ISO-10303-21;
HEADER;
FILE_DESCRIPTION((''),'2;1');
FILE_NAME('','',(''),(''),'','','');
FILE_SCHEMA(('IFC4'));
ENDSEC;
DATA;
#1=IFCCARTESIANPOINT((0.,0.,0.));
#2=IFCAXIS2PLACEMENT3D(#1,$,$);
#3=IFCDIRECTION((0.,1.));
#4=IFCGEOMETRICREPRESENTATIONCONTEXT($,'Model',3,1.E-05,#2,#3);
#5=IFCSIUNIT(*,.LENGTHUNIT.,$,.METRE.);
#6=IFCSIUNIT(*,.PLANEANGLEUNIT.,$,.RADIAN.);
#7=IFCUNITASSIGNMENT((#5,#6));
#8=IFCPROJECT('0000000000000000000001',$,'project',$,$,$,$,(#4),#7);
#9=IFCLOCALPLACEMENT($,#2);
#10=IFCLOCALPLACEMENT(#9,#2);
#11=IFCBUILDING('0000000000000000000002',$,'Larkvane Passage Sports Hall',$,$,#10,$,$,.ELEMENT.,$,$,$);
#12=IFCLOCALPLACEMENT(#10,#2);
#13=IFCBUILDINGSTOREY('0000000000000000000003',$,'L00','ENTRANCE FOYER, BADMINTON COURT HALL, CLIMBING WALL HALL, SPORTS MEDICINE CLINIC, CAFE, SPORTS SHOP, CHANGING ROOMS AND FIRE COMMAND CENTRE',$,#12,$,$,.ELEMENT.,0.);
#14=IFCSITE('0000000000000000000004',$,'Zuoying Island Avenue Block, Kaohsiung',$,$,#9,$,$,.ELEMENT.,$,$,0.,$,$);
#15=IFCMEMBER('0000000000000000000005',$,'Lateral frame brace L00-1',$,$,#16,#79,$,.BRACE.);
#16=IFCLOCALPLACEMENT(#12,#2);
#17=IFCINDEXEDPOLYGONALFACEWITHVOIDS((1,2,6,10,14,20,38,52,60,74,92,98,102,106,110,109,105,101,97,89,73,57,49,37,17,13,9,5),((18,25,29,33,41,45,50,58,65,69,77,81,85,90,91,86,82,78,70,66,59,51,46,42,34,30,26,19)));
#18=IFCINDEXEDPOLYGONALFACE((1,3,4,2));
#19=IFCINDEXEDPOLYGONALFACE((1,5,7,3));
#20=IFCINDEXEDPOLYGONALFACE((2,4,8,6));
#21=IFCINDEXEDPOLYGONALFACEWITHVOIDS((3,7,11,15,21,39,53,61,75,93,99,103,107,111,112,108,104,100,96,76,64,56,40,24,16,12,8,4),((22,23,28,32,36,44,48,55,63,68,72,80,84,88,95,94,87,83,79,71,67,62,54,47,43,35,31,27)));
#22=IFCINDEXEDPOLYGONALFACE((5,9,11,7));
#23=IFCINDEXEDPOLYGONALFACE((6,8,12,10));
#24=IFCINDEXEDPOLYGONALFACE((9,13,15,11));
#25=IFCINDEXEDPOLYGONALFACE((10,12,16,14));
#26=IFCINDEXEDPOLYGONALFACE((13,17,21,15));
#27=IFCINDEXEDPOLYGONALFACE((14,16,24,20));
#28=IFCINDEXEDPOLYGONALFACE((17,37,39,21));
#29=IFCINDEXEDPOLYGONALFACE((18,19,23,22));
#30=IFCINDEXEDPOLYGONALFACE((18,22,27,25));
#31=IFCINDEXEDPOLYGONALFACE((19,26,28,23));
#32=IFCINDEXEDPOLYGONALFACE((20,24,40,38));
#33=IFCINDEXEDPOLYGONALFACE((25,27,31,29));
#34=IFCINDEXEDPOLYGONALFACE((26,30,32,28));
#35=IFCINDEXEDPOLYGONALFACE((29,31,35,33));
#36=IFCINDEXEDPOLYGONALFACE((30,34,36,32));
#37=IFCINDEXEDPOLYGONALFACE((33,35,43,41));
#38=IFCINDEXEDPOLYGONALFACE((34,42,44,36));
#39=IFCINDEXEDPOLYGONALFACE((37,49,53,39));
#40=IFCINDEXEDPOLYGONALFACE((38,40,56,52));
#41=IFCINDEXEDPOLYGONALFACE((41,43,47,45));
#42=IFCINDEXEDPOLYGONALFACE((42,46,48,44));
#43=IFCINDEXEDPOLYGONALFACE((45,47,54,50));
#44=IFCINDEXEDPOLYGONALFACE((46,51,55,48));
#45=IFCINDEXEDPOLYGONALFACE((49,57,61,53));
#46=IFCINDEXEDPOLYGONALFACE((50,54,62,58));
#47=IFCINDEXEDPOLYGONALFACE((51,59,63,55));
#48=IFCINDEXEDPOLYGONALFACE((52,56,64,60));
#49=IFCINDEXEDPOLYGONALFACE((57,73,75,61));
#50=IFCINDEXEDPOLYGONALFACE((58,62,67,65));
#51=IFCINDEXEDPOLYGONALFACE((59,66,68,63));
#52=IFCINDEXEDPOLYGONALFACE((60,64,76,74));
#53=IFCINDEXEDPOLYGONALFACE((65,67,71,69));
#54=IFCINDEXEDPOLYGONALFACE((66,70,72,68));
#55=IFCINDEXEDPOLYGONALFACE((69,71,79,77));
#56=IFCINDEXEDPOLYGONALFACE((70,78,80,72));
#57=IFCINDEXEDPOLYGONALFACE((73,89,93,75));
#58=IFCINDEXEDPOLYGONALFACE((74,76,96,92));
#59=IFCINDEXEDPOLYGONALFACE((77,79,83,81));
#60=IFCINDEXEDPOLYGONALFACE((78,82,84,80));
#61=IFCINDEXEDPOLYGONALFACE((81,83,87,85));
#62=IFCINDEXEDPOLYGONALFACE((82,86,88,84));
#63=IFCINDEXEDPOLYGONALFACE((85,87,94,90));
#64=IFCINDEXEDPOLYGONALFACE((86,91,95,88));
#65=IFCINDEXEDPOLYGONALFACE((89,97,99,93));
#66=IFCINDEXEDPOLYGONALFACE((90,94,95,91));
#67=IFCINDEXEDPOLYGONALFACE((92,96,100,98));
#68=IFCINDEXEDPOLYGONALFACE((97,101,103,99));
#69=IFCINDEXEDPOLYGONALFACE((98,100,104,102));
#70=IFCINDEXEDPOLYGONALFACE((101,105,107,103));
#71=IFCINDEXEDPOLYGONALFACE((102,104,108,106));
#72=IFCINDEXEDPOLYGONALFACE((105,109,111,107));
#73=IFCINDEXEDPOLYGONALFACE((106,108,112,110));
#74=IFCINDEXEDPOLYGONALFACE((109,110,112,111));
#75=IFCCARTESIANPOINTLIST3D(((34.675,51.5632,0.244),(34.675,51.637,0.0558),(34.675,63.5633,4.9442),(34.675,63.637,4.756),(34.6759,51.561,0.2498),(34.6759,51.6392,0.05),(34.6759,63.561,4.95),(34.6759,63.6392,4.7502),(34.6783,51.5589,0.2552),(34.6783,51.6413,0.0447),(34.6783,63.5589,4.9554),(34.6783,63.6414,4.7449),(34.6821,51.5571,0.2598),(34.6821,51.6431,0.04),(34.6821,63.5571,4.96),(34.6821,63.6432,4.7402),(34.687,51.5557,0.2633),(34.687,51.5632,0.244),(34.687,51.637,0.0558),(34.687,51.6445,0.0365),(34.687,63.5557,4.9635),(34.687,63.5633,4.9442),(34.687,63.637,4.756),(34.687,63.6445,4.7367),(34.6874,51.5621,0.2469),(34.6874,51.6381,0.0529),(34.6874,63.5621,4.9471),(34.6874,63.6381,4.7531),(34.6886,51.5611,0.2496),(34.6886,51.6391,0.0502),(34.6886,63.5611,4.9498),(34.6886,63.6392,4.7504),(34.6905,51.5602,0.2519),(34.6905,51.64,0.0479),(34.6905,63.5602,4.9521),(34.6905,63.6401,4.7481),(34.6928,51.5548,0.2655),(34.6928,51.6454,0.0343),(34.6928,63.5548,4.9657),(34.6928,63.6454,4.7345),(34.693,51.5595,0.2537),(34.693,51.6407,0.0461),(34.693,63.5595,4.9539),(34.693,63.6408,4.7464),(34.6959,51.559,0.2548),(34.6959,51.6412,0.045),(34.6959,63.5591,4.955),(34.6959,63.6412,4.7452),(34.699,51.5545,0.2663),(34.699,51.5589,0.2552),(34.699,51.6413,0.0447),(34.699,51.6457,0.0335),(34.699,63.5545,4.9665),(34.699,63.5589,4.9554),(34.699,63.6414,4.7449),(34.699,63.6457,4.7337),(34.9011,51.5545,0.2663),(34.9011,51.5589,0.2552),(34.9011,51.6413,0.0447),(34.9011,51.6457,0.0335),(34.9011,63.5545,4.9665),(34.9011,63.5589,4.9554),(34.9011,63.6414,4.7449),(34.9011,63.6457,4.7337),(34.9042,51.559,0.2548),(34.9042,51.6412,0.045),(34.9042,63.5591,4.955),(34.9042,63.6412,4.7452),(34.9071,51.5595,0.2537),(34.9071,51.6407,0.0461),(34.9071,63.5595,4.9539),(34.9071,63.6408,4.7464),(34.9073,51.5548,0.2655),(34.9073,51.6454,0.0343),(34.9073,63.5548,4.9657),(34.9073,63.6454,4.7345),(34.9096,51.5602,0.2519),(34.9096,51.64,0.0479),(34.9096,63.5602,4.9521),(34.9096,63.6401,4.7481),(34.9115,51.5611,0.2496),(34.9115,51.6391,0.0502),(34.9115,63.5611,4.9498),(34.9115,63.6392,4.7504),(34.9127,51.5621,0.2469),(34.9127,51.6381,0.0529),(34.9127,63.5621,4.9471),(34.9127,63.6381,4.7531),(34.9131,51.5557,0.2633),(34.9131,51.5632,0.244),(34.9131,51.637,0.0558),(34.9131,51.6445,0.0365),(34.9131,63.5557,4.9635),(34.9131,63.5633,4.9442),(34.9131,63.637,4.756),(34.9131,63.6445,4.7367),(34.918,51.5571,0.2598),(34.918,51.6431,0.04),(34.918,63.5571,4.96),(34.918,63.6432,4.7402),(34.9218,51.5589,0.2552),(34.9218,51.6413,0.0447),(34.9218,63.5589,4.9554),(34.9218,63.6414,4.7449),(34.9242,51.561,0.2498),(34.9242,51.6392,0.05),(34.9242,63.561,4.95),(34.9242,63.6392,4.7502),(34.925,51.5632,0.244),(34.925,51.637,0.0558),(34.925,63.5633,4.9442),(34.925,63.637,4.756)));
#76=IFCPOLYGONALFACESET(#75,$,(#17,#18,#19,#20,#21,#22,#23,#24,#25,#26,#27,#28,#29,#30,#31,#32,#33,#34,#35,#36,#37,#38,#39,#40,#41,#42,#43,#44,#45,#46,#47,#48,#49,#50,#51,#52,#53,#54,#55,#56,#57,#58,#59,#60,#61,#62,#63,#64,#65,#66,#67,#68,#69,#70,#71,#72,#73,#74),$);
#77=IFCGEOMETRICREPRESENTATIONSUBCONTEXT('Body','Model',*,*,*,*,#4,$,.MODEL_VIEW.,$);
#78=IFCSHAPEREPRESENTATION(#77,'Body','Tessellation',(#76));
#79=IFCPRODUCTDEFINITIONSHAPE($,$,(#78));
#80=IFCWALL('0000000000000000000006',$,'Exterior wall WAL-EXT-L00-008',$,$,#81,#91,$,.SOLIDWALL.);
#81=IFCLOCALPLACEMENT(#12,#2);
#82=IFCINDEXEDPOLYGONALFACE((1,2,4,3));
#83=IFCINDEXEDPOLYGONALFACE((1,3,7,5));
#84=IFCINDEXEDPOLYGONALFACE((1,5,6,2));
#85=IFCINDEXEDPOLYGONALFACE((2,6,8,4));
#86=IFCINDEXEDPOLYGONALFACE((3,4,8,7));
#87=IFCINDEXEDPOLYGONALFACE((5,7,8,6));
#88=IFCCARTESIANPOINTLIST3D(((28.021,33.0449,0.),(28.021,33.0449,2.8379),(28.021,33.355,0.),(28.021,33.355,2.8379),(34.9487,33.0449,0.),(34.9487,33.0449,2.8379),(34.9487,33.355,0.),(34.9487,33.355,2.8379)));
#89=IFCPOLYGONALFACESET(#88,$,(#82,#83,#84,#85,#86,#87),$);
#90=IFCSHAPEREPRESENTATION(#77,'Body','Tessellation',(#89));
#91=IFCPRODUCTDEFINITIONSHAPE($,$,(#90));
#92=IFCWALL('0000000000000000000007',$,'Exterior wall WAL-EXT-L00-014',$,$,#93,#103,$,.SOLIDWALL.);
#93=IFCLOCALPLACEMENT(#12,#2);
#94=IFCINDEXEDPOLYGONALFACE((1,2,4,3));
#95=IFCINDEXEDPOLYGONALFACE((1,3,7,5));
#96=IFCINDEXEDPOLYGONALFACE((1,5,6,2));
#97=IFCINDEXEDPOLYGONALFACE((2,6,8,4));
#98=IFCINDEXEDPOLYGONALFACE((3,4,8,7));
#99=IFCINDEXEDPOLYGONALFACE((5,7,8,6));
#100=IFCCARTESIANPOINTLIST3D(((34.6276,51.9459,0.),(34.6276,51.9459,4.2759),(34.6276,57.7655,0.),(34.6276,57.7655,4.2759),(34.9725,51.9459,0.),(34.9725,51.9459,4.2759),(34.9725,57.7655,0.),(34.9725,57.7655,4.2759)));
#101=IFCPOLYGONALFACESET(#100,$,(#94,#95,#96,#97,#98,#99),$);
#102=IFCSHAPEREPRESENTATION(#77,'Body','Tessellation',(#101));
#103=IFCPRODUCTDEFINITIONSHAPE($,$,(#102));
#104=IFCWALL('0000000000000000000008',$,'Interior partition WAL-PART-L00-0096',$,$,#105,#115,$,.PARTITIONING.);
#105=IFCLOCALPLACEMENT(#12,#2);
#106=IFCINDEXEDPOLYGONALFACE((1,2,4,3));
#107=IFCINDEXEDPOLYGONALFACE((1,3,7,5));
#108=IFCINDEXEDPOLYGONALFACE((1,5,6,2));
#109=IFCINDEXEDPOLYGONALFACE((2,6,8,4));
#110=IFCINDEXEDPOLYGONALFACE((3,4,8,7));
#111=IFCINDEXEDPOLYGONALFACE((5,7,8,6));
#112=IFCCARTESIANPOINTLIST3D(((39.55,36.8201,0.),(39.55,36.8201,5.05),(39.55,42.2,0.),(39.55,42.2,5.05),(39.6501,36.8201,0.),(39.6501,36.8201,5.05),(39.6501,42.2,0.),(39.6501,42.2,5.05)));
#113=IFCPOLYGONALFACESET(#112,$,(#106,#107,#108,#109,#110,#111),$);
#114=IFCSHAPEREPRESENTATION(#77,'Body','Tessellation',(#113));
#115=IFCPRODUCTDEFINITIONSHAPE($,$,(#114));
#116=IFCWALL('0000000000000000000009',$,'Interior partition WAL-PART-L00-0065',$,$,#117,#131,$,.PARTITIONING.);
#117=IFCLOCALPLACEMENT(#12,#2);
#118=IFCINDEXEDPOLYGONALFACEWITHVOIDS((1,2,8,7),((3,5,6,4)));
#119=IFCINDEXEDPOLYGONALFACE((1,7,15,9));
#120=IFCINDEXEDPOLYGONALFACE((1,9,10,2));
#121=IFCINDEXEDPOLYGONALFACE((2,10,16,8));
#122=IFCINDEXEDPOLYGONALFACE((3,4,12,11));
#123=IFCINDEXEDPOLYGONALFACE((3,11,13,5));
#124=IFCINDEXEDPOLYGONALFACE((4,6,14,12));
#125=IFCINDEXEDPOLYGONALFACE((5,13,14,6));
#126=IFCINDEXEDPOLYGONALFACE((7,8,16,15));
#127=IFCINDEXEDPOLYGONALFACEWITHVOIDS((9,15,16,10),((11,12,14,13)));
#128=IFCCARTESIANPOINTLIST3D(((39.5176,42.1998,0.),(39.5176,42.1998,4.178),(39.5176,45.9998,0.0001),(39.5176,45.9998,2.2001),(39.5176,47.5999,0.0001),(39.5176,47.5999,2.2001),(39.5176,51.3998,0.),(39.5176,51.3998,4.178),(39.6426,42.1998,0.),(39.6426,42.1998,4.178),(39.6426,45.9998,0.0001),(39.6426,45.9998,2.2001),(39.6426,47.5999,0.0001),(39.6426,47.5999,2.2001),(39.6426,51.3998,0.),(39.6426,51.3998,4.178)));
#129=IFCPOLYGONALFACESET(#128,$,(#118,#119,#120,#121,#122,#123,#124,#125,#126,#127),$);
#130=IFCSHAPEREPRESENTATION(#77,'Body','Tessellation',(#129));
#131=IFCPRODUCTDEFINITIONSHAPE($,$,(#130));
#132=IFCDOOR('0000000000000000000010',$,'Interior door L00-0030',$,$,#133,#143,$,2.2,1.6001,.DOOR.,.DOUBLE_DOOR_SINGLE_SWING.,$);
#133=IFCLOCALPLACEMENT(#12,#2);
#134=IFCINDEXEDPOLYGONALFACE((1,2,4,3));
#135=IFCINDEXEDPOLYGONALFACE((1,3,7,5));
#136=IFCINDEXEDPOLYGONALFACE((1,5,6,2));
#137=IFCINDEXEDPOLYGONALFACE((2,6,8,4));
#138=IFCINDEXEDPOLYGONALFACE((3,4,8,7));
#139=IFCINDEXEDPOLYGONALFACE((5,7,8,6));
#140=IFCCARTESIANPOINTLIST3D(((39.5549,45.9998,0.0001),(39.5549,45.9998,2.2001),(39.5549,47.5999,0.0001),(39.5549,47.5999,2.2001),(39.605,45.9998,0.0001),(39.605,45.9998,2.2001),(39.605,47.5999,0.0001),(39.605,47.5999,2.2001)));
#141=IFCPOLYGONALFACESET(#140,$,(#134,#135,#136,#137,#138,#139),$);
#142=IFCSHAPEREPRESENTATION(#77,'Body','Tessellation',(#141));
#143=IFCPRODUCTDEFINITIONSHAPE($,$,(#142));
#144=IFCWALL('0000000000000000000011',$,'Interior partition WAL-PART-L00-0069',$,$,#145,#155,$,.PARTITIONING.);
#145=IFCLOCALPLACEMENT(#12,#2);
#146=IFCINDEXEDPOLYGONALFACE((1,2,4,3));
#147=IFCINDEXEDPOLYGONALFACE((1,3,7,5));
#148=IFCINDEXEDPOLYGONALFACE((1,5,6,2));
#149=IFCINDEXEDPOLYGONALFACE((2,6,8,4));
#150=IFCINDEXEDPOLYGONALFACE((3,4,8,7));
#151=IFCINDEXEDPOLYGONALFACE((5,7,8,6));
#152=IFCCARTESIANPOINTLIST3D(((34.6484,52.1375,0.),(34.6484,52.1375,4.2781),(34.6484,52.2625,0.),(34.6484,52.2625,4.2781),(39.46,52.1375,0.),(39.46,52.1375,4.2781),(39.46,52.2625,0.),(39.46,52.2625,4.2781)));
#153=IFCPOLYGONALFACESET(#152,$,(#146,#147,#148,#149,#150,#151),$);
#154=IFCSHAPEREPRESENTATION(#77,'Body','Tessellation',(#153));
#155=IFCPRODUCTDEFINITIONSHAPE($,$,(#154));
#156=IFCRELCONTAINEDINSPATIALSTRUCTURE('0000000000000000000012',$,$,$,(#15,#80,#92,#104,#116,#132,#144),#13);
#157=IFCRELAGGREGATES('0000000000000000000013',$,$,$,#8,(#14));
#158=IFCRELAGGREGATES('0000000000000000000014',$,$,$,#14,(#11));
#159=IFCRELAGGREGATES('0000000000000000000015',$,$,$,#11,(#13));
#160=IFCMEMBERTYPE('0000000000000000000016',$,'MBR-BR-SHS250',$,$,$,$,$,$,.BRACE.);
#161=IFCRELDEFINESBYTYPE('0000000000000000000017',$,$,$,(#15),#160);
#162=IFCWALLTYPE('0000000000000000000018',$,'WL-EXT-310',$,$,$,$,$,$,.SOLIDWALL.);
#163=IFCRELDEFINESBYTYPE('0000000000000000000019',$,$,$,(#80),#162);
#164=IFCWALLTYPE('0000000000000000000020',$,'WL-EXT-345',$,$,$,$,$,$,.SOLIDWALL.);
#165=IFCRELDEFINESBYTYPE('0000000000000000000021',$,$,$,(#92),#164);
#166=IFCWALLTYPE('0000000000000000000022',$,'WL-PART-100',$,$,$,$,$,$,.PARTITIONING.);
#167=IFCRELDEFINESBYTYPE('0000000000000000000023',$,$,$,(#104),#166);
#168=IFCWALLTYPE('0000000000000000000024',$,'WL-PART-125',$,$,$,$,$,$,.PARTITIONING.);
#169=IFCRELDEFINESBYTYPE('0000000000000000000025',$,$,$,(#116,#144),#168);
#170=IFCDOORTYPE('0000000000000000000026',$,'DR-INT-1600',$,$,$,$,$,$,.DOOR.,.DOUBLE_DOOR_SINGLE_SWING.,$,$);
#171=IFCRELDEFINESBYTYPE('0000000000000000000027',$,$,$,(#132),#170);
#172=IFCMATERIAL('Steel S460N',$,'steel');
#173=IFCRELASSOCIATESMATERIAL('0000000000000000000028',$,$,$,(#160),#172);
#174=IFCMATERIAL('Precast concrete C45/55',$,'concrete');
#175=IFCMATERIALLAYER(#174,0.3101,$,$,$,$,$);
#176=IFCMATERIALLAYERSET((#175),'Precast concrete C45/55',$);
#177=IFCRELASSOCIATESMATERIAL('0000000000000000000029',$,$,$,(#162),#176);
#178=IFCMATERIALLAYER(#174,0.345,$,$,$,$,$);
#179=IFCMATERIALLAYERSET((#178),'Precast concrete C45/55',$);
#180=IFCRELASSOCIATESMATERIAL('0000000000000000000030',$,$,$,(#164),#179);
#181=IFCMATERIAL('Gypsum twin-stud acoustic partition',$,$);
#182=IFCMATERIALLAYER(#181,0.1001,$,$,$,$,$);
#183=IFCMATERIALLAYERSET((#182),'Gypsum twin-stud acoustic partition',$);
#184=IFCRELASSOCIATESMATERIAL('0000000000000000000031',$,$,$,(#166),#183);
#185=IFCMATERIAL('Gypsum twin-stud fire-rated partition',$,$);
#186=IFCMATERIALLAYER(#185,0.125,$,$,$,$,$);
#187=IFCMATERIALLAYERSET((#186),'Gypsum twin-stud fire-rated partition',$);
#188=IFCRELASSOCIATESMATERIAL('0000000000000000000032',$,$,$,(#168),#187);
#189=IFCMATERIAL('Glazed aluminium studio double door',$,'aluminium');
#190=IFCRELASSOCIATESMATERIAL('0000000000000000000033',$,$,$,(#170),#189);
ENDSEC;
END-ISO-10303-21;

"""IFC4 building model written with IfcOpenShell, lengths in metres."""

from ifc_helpers import new_model, si_unit, direction, frame, frame_2d, origin, origin_2d, place, context, subcontext, project, spatial, rectangle, hollow_rectangle, extrude, material, layer, layer_set, material_profile, profile_set, type_object, element, fill, save


model = new_model("IFC4")

# Units and contexts
model_context = context("Model", 3, precision=1e-05, world=origin(), true_north=direction((0.0, 1.0)))
body_context = subcontext(model_context, "Body", "Model", "MODEL_VIEW")
ifc_project = project(units=[si_unit("LENGTHUNIT", "METRE"), si_unit("PLANEANGLEUNIT", "RADIAN")], contexts=[model_context])

# Site, building, storey
site_placement = place(None, origin())
site = spatial("IfcSite", under=ifc_project, at=site_placement, Name="Zuoying Island Avenue Block, Kaohsiung", CompositionType="ELEMENT", RefElevation=0.0)
building_placement = place(site_placement, origin())
building = spatial("IfcBuilding", under=site, at=building_placement, Name="Larkvane Passage Sports Hall", CompositionType="ELEMENT")
storey_placement = place(building_placement, origin())
storey = spatial("IfcBuildingStorey", under=building, at=storey_placement, Name="L00", Description="ENTRANCE FOYER, BADMINTON COURT HALL, CLIMBING WALL HALL, SPORTS MEDICINE CLINIC, CAFE, SPORTS SHOP, CHANGING ROOMS AND FIRE COMMAND CENTRE", CompositionType="ELEMENT", Elevation=0.0)

# Shared definitions
ifc_material_1 = material(Name="Steel S460N", Category="steel")

# Member
ifc_material_profile_1 = material_profile(ifc_material_1, hollow_rectangle(XDim=0.25, YDim=0.25, WallThickness=0.012, InnerFilletRadius=0.012, OuterFilletRadius=0.0239, at=origin_2d()), Name="SHS-250x250x12")
ifc_profile_set_1 = profile_set([ifc_material_profile_1], Name="Steel S460N")
member_type = type_object("IfcMemberType", Name="MBR-BR-SHS250", PredefinedType="BRACE", material=ifc_profile_set_1)
member_placement = place(storey_placement, frame((34.8, 51.6001, 0.1499), z_axis=(0.0, 0.931123, 0.364705), x_axis=(-1.0, 0.0, 0.0)))
element("IfcMember", 1, at=member_placement, inside=storey, type_object=member_type, Name="Lateral frame brace L00-1", PredefinedType="BRACE", context=body_context, shape_type="SweptSolid", body=[
    extrude(hollow_rectangle(XDim=0.25, YDim=0.25, WallThickness=0.012, InnerFilletRadius=0.012, OuterFilletRadius=0.0239, at=origin_2d()), origin(), (0.0, 0.0, 1.0), 12.8877),
])

# Walls
ifc_material_2 = material(Name="Precast concrete C45/55", Category="concrete")
ifc_layer_1 = layer(ifc_material_2, 0.3101)
ifc_layer_set_1 = layer_set([ifc_layer_1], Name="Precast concrete C45/55")
wall_type_1 = type_object("IfcWallType", Name="WL-EXT-310", PredefinedType="SOLIDWALL", material=ifc_layer_set_1)
wall_1_placement = place(storey_placement, frame((34.9487, 33.2, 0.0), z_axis=(0.0, 0.0, 1.0), x_axis=(-1.0, 0.0, 0.0)))
element("IfcWall", 2, at=wall_1_placement, inside=storey, type_object=wall_type_1, Name="Exterior wall WAL-EXT-L00-008", PredefinedType="SOLIDWALL", context=body_context, shape_type="SweptSolid", body=[
    extrude(rectangle(XDim=6.9277, YDim=0.3101, at=frame_2d((3.4639, 0.0))), origin(), (0.0, 0.0, 1.0), 2.8379),
])
ifc_layer_2 = layer(ifc_material_2, 0.345)
ifc_layer_set_2 = layer_set([ifc_layer_2], Name="Precast concrete C45/55")
wall_type_2 = type_object("IfcWallType", Name="WL-EXT-345", PredefinedType="SOLIDWALL", material=ifc_layer_set_2)
wall_2_placement = place(storey_placement, frame((34.8, 51.946, 0.0), z_axis=(0.0, 0.0, 1.0), x_axis=(0.0, 1.0, 0.0)))
element("IfcWall", 3, at=wall_2_placement, inside=storey, type_object=wall_type_2, Name="Exterior wall WAL-EXT-L00-014", PredefinedType="SOLIDWALL", context=body_context, shape_type="SweptSolid", body=[
    extrude(rectangle(XDim=5.8196, YDim=0.345, at=frame_2d((2.9097, 0.0))), origin(), (0.0, 0.0, 1.0), 4.2759),
])
ifc_material_3 = material(Name="Gypsum twin-stud acoustic partition")
ifc_layer_3 = layer(ifc_material_3, 0.1001)
ifc_layer_set_3 = layer_set([ifc_layer_3], Name="Gypsum twin-stud acoustic partition")
wall_type_3 = type_object("IfcWallType", Name="WL-PART-100", PredefinedType="PARTITIONING", material=ifc_layer_set_3)
wall_3_placement = place(storey_placement, frame((39.6001, 36.8201, 0.0), z_axis=(0.0, 0.0, 1.0), x_axis=(0.0, 1.0, 0.0)))
element("IfcWall", 4, at=wall_3_placement, inside=storey, type_object=wall_type_3, Name="Interior partition WAL-PART-L00-0096", PredefinedType="PARTITIONING", context=body_context, shape_type="SweptSolid", body=[
    extrude(rectangle(XDim=5.3799, YDim=0.1001, at=frame_2d((2.6899, 0.0))), origin(), (0.0, 0.0, 1.0), 5.05),
])

# Wall, opening, door
ifc_material_4 = material(Name="Gypsum twin-stud fire-rated partition")
ifc_layer_4 = layer(ifc_material_4, 0.125)
ifc_layer_set_4 = layer_set([ifc_layer_4], Name="Gypsum twin-stud fire-rated partition")
wall_type_4 = type_object("IfcWallType", Name="WL-PART-125", PredefinedType="PARTITIONING", material=ifc_layer_set_4)
wall_4_placement = place(storey_placement, frame((39.5801, 51.3999, 0.0), z_axis=(0.0, 0.0, 1.0), x_axis=(0.0, -1.0, 0.0)))
wall_4 = element("IfcWall", 5, at=wall_4_placement, inside=storey, type_object=wall_type_4, Name="Interior partition WAL-PART-L00-0065", PredefinedType="PARTITIONING", context=body_context, shape_type="SweptSolid", body=[
    extrude(rectangle(XDim=9.2, YDim=0.125, at=frame_2d((4.6001, 0.0))), origin(), (0.0, 0.0, 1.0), 4.178),
])
opening_1_placement = place(wall_4_placement, frame((3.8, 0.0, 0.0)))
opening_1 = element("IfcOpeningElement", 6, at=opening_1_placement, cuts=wall_4, PredefinedType="OPENING", context=body_context, shape_type="SweptSolid", body=[
    extrude(rectangle(XDim=1.6001, YDim=2.2, at=frame_2d((0.8, 1.1001))), frame((0.0, 0.0725, 0.0), z_axis=(0.0, -1.0, 0.0), x_axis=(1.0, 0.0, 0.0)), (0.0, 0.0, 1.0), 0.145),
])
ifc_material_5 = material(Name="Glazed aluminium studio double door", Category="aluminium")
door_type = type_object("IfcDoorType", Name="DR-INT-1600", OperationType="DOUBLE_DOOR_SINGLE_SWING", PredefinedType="DOOR", material=ifc_material_5)
door_1_placement = place(opening_1_placement, origin())
door_1 = element("IfcDoor", 7, at=door_1_placement, inside=storey, type_object=door_type, Name="Interior door L00-0030", OperationType="DOUBLE_DOOR_SINGLE_SWING", OverallHeight=2.2, OverallWidth=1.6001, PredefinedType="DOOR", context=body_context, shape_type="SweptSolid", body=[
    extrude(rectangle(XDim=1.6001, YDim=2.2, at=frame_2d((0.8, 1.1001))), frame((0.0, 0.0249, 0.0), z_axis=(0.0, -1.0, 0.0), x_axis=(1.0, 0.0, 0.0)), (0.0, 0.0, 1.0), 0.05),
])
fill(opening_1, door_1)

# Wall
wall_5_placement = place(storey_placement, frame((39.46, 52.2, 0.0), z_axis=(0.0, 0.0, 1.0), x_axis=(-1.0, 0.0, 0.0)))
element("IfcWall", 8, at=wall_5_placement, inside=storey, type_object=wall_type_4, Name="Interior partition WAL-PART-L00-0069", PredefinedType="PARTITIONING", context=body_context, shape_type="SweptSolid", body=[
    extrude(rectangle(XDim=4.8115, YDim=0.125, at=frame_2d((2.4058, 0.0))), origin(), (0.0, 0.0, 1.0), 4.2781),
])

save(model, "model.ifc")
